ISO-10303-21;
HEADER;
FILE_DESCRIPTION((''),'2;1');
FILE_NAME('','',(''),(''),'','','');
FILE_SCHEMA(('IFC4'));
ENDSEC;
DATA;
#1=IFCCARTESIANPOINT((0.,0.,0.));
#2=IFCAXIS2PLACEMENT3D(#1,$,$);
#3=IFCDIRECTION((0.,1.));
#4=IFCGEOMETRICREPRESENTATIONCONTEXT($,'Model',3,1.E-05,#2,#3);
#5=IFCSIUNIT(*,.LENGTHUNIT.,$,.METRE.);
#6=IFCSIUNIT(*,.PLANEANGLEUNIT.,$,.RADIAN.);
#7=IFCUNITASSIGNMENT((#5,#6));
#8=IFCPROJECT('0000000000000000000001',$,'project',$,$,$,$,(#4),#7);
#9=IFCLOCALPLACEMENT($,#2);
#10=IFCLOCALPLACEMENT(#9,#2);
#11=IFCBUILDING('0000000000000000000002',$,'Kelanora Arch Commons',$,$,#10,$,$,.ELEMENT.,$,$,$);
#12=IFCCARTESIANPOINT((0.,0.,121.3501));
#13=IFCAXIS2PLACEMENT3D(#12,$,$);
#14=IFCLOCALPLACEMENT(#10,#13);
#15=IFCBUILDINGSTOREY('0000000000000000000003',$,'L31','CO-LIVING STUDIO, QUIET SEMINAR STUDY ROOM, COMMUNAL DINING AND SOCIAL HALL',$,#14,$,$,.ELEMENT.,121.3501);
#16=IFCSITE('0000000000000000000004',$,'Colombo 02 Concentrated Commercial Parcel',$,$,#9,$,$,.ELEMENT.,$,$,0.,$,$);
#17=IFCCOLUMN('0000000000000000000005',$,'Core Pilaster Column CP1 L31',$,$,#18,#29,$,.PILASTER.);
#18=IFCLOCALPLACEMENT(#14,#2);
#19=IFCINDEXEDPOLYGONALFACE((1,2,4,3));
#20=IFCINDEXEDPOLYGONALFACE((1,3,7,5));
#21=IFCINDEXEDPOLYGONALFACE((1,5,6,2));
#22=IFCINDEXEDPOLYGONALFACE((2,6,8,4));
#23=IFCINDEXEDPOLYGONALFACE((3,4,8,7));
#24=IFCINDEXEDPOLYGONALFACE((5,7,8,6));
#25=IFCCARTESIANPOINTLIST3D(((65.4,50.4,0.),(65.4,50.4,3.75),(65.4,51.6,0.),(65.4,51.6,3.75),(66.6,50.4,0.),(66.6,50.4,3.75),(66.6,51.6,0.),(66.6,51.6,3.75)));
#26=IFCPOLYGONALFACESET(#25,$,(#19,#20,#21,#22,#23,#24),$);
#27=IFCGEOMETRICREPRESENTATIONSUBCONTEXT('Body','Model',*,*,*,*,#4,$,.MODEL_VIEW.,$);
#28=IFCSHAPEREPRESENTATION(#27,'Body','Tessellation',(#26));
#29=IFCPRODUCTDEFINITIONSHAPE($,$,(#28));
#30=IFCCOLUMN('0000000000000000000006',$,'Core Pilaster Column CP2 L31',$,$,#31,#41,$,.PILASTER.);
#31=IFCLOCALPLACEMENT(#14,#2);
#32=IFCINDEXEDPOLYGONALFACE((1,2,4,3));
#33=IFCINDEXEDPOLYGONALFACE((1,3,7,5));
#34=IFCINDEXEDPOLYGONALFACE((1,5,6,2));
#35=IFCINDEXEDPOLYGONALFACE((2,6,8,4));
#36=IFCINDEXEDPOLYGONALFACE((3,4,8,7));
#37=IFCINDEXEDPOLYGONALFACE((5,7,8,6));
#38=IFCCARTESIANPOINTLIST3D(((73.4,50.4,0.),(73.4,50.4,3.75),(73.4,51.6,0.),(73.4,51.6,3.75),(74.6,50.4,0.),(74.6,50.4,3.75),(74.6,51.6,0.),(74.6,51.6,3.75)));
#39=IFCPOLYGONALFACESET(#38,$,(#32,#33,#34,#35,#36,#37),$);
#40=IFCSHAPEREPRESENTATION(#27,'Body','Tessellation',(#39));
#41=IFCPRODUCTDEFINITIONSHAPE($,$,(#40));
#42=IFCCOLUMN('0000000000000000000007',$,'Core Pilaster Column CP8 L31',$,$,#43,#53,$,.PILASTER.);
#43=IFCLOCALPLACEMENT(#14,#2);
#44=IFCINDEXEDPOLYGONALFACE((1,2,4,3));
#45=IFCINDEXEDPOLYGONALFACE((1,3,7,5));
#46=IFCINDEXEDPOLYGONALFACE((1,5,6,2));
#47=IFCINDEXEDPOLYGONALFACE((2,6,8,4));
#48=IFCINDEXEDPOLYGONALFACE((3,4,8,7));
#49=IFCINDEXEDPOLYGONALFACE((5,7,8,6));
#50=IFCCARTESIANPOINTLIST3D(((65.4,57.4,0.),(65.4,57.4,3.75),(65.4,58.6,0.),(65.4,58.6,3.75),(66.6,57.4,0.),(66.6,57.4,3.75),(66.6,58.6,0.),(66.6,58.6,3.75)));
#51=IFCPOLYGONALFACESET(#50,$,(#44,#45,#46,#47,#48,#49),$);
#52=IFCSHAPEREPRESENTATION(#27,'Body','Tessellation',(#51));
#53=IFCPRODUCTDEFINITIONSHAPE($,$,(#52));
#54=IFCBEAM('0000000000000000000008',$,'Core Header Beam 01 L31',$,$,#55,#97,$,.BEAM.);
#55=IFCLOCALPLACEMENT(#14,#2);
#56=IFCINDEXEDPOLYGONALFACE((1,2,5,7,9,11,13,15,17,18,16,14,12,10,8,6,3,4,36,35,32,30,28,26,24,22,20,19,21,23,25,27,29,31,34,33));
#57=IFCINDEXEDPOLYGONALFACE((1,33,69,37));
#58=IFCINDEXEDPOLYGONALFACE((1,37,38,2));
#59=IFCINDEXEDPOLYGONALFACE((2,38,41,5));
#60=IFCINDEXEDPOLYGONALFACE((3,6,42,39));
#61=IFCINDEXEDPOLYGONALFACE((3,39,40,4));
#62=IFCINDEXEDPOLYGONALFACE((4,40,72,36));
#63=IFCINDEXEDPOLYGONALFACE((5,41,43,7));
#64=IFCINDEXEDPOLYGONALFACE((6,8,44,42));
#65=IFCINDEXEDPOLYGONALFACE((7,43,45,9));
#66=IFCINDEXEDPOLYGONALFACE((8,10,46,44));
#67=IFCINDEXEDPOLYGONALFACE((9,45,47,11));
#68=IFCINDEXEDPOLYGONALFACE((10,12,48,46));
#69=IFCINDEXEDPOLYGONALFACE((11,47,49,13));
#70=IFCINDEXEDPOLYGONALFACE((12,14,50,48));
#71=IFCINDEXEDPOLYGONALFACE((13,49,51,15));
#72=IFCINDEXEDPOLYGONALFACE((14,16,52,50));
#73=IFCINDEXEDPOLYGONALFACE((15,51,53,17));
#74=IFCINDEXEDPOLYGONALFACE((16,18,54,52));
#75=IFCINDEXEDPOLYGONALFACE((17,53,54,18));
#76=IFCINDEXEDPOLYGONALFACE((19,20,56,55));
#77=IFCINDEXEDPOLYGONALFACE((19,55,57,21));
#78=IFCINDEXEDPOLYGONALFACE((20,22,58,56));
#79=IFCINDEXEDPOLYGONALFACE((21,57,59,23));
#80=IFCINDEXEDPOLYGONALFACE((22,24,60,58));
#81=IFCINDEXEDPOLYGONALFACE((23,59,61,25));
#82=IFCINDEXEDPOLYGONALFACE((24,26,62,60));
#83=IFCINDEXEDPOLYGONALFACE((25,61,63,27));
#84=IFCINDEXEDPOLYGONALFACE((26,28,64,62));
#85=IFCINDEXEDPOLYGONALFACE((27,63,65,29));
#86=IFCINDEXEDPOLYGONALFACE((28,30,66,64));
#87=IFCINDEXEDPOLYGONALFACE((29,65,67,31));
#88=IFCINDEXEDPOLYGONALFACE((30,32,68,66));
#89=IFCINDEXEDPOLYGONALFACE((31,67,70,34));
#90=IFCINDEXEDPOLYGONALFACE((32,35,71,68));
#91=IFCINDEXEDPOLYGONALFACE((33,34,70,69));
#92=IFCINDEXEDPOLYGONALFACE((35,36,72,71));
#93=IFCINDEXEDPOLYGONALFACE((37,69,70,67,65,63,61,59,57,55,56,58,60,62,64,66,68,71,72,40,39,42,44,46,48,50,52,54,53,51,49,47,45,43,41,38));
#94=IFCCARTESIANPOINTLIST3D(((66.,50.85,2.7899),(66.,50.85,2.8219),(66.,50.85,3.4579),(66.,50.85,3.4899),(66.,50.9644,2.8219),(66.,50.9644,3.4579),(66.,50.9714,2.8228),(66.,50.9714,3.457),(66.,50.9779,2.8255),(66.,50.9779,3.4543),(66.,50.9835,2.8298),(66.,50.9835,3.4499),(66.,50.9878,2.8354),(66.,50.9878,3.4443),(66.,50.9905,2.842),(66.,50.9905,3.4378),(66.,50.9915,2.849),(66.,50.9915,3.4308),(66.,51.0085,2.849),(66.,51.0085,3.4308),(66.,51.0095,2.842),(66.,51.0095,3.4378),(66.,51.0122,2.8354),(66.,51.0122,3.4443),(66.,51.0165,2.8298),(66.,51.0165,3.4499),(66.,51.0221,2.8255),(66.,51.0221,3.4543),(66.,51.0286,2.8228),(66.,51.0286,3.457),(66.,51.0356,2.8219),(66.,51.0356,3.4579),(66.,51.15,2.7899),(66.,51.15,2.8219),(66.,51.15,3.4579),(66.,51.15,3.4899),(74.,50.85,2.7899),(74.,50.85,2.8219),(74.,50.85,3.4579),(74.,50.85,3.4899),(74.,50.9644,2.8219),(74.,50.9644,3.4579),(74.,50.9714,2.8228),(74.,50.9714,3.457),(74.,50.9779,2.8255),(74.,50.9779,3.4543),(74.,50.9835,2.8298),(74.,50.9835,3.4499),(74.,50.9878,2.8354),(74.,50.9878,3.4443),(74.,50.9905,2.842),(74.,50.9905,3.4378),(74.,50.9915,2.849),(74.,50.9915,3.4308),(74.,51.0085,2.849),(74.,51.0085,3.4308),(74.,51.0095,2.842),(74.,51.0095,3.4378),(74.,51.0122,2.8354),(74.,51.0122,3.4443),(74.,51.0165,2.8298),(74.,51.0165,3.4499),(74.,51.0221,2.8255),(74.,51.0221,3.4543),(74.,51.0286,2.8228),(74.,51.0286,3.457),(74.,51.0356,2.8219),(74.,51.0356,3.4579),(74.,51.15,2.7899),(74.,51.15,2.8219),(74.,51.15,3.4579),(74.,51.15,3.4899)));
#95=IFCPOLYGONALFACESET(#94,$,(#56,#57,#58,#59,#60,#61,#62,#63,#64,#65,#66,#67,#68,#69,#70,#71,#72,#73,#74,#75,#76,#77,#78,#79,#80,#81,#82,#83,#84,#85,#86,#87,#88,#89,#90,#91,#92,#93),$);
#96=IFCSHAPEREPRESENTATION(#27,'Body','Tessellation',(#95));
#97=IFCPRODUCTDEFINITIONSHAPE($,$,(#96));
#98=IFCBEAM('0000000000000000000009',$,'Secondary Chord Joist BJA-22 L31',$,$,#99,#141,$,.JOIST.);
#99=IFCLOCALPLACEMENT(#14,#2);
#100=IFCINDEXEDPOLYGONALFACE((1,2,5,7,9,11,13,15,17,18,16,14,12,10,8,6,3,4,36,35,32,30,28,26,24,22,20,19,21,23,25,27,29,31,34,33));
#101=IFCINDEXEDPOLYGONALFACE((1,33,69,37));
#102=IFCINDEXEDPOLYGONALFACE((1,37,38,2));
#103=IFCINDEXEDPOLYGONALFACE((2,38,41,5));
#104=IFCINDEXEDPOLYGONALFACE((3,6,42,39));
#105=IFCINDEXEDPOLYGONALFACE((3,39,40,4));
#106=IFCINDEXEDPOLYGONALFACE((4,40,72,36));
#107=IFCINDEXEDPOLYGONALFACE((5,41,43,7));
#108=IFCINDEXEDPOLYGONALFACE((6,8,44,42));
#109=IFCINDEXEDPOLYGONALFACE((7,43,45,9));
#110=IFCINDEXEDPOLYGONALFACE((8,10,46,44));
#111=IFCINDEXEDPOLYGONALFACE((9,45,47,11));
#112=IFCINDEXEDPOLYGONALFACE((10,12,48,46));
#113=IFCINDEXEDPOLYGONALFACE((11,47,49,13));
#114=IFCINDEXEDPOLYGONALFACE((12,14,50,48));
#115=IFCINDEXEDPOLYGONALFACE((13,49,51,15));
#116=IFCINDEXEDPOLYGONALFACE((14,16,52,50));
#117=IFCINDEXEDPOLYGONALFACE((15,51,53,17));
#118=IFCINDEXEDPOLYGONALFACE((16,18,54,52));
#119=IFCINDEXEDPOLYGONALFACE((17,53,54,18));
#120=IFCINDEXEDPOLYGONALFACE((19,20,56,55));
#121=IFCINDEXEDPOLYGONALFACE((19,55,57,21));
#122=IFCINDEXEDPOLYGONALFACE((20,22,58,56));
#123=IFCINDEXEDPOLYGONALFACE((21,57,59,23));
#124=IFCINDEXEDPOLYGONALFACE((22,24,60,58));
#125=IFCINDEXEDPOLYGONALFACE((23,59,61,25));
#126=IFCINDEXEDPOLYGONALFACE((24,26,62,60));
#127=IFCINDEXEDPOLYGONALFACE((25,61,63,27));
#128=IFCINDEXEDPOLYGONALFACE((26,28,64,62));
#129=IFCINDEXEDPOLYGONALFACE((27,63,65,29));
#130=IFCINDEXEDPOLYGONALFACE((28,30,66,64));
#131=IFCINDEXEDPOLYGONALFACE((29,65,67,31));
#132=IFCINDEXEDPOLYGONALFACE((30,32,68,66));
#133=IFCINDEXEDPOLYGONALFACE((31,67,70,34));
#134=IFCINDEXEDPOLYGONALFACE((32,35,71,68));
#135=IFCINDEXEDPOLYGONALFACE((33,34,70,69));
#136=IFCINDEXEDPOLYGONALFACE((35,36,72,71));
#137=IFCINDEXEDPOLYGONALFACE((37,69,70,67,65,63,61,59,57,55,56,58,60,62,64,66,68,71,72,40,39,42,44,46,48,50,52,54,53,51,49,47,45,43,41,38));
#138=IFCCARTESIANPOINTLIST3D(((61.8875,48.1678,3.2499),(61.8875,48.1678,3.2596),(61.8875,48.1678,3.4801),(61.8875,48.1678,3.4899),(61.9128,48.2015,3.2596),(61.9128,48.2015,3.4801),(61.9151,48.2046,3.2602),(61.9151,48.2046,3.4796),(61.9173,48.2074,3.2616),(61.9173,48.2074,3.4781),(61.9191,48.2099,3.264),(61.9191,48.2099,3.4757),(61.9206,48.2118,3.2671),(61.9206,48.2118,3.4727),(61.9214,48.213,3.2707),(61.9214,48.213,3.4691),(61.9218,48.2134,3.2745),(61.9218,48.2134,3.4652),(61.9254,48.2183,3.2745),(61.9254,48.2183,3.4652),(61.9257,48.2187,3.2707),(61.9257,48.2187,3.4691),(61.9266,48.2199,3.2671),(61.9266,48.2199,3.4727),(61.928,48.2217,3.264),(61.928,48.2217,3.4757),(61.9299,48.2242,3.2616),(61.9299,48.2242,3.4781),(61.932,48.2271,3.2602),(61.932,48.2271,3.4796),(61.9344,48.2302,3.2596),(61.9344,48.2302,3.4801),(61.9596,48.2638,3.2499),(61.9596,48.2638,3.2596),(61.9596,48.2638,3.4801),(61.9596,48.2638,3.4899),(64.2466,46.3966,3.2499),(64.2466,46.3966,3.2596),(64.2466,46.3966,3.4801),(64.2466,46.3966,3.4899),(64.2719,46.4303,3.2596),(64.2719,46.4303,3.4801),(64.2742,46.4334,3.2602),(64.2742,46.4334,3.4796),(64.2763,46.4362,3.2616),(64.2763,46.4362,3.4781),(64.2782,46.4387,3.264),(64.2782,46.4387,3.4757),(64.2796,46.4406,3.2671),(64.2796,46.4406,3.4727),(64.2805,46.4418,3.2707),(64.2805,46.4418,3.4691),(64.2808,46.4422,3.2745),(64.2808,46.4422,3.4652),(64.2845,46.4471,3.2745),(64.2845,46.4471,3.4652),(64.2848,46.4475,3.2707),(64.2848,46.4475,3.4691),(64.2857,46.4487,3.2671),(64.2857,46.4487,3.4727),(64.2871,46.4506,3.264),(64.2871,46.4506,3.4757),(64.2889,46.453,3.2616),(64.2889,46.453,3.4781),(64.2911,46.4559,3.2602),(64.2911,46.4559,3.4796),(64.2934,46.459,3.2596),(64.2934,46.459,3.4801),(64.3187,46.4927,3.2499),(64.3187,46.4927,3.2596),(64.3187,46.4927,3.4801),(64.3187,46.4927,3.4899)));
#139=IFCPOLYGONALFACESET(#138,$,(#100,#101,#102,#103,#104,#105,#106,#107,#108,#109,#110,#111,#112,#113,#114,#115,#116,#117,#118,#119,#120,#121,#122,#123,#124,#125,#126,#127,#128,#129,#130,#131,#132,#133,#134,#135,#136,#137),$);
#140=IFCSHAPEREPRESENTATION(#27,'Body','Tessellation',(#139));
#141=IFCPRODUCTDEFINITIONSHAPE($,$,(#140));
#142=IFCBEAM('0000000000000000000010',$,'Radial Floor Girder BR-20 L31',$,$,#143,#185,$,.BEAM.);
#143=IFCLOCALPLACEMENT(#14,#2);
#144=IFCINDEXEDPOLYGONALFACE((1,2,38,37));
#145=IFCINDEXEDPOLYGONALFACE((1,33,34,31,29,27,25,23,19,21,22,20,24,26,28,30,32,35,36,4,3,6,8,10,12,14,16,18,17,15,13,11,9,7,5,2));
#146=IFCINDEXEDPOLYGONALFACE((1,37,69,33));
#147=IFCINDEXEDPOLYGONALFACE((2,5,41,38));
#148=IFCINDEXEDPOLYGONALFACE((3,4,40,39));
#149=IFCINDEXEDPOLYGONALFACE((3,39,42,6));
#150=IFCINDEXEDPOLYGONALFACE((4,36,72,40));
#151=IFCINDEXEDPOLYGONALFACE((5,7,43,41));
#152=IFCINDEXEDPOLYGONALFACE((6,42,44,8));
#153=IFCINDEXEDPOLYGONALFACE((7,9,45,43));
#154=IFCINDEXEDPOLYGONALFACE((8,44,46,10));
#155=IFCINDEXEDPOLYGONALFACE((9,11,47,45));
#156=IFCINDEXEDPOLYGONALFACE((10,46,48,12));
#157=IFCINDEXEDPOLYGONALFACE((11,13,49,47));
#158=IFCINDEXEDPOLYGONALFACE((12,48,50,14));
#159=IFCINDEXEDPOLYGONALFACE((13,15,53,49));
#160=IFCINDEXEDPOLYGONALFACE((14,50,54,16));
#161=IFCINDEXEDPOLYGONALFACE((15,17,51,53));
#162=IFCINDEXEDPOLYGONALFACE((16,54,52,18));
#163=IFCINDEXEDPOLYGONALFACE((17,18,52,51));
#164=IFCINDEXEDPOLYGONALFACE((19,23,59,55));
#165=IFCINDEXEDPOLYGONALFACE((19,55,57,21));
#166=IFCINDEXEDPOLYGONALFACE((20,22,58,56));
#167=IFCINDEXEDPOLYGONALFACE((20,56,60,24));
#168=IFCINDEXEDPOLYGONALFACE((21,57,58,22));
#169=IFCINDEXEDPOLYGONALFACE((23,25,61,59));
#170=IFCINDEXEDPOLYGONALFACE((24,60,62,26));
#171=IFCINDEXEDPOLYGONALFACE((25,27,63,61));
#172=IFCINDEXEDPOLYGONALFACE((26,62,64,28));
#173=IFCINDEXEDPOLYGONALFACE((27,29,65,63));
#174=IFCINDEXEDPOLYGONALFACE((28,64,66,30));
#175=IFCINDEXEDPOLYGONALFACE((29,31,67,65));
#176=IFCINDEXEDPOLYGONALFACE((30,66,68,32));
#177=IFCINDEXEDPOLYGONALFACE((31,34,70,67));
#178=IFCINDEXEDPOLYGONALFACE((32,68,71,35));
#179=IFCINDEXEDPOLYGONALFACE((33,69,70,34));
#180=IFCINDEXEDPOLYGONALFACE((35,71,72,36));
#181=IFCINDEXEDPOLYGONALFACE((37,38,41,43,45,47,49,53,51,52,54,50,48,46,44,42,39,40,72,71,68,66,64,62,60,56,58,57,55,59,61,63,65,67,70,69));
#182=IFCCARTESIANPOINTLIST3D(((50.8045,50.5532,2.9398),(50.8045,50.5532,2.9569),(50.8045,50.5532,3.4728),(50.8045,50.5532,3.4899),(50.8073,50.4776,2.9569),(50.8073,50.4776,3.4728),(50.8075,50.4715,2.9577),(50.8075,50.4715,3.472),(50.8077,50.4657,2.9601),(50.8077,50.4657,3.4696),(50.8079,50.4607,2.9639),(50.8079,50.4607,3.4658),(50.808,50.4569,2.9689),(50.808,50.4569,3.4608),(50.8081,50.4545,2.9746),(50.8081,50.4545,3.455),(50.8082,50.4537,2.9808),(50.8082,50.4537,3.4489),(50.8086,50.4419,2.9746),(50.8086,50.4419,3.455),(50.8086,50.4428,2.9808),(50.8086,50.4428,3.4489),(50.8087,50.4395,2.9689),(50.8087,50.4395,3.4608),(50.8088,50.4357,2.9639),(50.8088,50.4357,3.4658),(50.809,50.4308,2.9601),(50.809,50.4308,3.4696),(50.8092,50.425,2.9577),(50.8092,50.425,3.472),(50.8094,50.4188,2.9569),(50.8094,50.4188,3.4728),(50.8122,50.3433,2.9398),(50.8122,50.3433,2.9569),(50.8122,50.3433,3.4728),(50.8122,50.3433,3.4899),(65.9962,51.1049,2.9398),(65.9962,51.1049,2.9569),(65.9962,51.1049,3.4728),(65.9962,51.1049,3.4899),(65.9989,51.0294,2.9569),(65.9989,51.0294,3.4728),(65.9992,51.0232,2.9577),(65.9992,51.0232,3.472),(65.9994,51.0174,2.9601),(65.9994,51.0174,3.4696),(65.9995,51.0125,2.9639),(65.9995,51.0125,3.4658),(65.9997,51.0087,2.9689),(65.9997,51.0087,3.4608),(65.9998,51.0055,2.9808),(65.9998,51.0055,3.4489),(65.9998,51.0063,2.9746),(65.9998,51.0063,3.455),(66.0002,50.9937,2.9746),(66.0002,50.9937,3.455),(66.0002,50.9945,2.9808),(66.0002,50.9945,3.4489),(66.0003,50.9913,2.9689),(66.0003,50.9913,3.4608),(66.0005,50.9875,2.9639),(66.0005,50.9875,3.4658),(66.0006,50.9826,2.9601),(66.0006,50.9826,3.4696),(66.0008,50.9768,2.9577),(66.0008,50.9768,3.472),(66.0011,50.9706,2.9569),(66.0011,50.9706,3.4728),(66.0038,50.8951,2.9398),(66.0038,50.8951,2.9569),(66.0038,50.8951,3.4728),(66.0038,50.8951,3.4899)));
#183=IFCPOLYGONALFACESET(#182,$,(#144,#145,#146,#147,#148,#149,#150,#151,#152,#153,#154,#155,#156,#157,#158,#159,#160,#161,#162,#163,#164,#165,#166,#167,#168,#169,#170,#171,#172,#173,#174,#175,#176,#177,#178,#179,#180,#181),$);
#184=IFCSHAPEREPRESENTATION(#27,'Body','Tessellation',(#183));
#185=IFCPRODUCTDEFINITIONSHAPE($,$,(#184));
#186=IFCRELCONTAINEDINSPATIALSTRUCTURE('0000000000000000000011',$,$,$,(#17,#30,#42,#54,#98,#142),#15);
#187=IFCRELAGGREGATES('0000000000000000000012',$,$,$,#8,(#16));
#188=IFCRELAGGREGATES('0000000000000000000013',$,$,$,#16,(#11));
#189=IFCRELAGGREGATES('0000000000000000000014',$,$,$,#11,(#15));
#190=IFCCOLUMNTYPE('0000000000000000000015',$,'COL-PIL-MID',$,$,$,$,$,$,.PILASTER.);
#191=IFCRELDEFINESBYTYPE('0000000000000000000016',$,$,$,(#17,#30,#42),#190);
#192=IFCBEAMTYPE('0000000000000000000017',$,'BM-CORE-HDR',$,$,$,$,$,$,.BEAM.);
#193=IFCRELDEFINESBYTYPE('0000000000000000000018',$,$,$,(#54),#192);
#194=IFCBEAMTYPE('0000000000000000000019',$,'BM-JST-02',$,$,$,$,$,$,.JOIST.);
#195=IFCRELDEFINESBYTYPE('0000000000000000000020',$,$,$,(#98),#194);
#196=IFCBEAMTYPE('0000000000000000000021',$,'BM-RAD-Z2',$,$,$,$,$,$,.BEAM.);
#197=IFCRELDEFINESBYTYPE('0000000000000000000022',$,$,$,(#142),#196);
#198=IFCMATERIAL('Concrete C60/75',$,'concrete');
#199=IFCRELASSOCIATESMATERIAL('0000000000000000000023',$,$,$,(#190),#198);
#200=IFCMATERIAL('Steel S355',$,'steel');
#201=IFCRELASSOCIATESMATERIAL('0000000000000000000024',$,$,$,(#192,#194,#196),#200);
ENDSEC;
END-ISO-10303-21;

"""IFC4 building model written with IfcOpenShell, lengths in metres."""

from ifc_helpers import new_model, si_unit, direction, frame, origin, origin_2d, place, context, subcontext, project, spatial, rectangle, i_section, extrude, material, material_profile, profile_set, type_object, element, save


model = new_model("IFC4")

# Units and contexts
model_context = context("Model", 3, precision=1e-05, world=origin(), true_north=direction((0.0, 1.0)))
body_context = subcontext(model_context, "Body", "Model", "MODEL_VIEW")
ifc_project = project(units=[si_unit("LENGTHUNIT", "METRE"), si_unit("PLANEANGLEUNIT", "RADIAN")], contexts=[model_context])

# Site, building, storey
site_placement = place(None, origin())
site = spatial("IfcSite", under=ifc_project, at=site_placement, Name="Colombo 02 Concentrated Commercial Parcel", CompositionType="ELEMENT", RefElevation=0.0)
building_placement = place(site_placement, origin())
building = spatial("IfcBuilding", under=site, at=building_placement, Name="Kelanora Arch Commons", CompositionType="ELEMENT")
storey_placement = place(building_placement, frame((0.0, 0.0, 121.3501)))
storey = spatial("IfcBuildingStorey", under=building, at=storey_placement, Name="L31", Description="CO-LIVING STUDIO, QUIET SEMINAR STUDY ROOM, COMMUNAL DINING AND SOCIAL HALL", CompositionType="ELEMENT", Elevation=121.3501)

# Columns
ifc_material_1 = material(Name="Concrete C60/75", Category="concrete")
ifc_material_profile_1 = material_profile(ifc_material_1, rectangle(XDim=1.2, YDim=1.2, at=origin_2d()), Name="RC1200x1200")
ifc_profile_set_1 = profile_set([ifc_material_profile_1], Name="Concrete C60/75")
column_type = type_object("IfcColumnType", Name="COL-PIL-MID", PredefinedType="PILASTER", material=ifc_profile_set_1)
for number, where, z_axis, x_axis, name in (
    (1, (66.0, 51.0, 0.0), (0.0, 0.0, 1.0), (1.0, 0.0, 0.0), "Core Pilaster Column CP1 L31"),
    (2, (74.0, 51.0, 0.0), (0.0, 0.0, 1.0), (1.0, 0.0, 0.0), "Core Pilaster Column CP2 L31"),
    (3, (66.0, 58.0, 0.0), (0.0, 0.0, 1.0), (1.0, 0.0, 0.0), "Core Pilaster Column CP8 L31"),
):
    element("IfcColumn", number, at=place(storey_placement, frame(where, z_axis=z_axis, x_axis=x_axis)), inside=storey, type_object=column_type, Name=name, PredefinedType="PILASTER", context=body_context, shape_type="SweptSolid", body=[
        extrude(rectangle(XDim=1.2, YDim=1.2, at=origin_2d()), origin(), (0.0, 0.0, 1.0), 3.75),
    ])

# Beams
ifc_material_2 = material(Name="Steel S355", Category="steel")
ifc_material_profile_2 = material_profile(ifc_material_2, i_section(OverallWidth=0.3, OverallDepth=0.7, WebThickness=0.0171, FlangeThickness=0.032, FilletRadius=0.0271, at=origin_2d()), Name="HEB700")
ifc_profile_set_2 = profile_set([ifc_material_profile_2], Name="Steel S355")
beam_type_1 = type_object("IfcBeamType", Name="BM-CORE-HDR", PredefinedType="BEAM", material=ifc_profile_set_2)
beam_1_placement = place(storey_placement, frame((66.0, 51.0, 3.1399), z_axis=(1.0, 0.0, 0.0), x_axis=(0.0, 1.0, 0.0)))
element("IfcBeam", 4, at=beam_1_placement, inside=storey, type_object=beam_type_1, Name="Core Header Beam 01 L31", PredefinedType="BEAM", context=body_context, shape_type="SweptSolid", body=[
    extrude(i_section(OverallWidth=0.3, OverallDepth=0.7, WebThickness=0.0171, FlangeThickness=0.032, FilletRadius=0.0271, at=origin_2d()), origin(), (0.0, 0.0, 1.0), 8.0),
])
ifc_material_profile_3 = material_profile(ifc_material_2, i_section(OverallWidth=0.1201, OverallDepth=0.24, WebThickness=0.0061, FlangeThickness=0.0098, FilletRadius=0.0149, at=origin_2d()), Name="IPE240")
ifc_profile_set_3 = profile_set([ifc_material_profile_3], Name="Steel S355")
beam_type_2 = type_object("IfcBeamType", Name="BM-JST-02", PredefinedType="JOIST", material=ifc_profile_set_3)
beam_2_placement = place(storey_placement, frame((61.9236, 48.2158, 3.3699), z_axis=(0.799692, -0.60041, 0.0), x_axis=(0.60041, 0.799692, 0.0)))
element("IfcBeam", 5, at=beam_2_placement, inside=storey, type_object=beam_type_2, Name="Secondary Chord Joist BJA-22 L31", PredefinedType="JOIST", context=body_context, shape_type="SweptSolid", body=[
    extrude(i_section(OverallWidth=0.1201, OverallDepth=0.24, WebThickness=0.0061, FlangeThickness=0.0098, FilletRadius=0.0149, at=origin_2d()), origin(), (0.0, 0.0, 1.0), 2.95),
])
ifc_material_profile_4 = material_profile(ifc_material_2, i_section(OverallWidth=0.21, OverallDepth=0.55, WebThickness=0.011, FlangeThickness=0.0171, FilletRadius=0.0239, at=origin_2d()), Name="IPE550")
ifc_profile_set_4 = profile_set([ifc_material_profile_4], Name="Steel S355")
beam_type_3 = type_object("IfcBeamType", Name="BM-RAD-Z2", PredefinedType="BEAM", material=ifc_profile_set_4)
beam_3_placement = place(storey_placement, frame((66.0, 51.0, 3.2148), z_axis=(-0.999341, -0.036296, 0.0), x_axis=(0.036296, -0.999341, 0.0)))
element("IfcBeam", 6, at=beam_3_placement, inside=storey, type_object=beam_type_3, Name="Radial Floor Girder BR-20 L31", PredefinedType="BEAM", context=body_context, shape_type="SweptSolid", body=[
    extrude(i_section(OverallWidth=0.21, OverallDepth=0.55, WebThickness=0.011, FlangeThickness=0.0171, FilletRadius=0.0239, at=origin_2d()), origin(), (0.0, 0.0, 1.0), 15.2017),
])

save(model, "model.ifc")
